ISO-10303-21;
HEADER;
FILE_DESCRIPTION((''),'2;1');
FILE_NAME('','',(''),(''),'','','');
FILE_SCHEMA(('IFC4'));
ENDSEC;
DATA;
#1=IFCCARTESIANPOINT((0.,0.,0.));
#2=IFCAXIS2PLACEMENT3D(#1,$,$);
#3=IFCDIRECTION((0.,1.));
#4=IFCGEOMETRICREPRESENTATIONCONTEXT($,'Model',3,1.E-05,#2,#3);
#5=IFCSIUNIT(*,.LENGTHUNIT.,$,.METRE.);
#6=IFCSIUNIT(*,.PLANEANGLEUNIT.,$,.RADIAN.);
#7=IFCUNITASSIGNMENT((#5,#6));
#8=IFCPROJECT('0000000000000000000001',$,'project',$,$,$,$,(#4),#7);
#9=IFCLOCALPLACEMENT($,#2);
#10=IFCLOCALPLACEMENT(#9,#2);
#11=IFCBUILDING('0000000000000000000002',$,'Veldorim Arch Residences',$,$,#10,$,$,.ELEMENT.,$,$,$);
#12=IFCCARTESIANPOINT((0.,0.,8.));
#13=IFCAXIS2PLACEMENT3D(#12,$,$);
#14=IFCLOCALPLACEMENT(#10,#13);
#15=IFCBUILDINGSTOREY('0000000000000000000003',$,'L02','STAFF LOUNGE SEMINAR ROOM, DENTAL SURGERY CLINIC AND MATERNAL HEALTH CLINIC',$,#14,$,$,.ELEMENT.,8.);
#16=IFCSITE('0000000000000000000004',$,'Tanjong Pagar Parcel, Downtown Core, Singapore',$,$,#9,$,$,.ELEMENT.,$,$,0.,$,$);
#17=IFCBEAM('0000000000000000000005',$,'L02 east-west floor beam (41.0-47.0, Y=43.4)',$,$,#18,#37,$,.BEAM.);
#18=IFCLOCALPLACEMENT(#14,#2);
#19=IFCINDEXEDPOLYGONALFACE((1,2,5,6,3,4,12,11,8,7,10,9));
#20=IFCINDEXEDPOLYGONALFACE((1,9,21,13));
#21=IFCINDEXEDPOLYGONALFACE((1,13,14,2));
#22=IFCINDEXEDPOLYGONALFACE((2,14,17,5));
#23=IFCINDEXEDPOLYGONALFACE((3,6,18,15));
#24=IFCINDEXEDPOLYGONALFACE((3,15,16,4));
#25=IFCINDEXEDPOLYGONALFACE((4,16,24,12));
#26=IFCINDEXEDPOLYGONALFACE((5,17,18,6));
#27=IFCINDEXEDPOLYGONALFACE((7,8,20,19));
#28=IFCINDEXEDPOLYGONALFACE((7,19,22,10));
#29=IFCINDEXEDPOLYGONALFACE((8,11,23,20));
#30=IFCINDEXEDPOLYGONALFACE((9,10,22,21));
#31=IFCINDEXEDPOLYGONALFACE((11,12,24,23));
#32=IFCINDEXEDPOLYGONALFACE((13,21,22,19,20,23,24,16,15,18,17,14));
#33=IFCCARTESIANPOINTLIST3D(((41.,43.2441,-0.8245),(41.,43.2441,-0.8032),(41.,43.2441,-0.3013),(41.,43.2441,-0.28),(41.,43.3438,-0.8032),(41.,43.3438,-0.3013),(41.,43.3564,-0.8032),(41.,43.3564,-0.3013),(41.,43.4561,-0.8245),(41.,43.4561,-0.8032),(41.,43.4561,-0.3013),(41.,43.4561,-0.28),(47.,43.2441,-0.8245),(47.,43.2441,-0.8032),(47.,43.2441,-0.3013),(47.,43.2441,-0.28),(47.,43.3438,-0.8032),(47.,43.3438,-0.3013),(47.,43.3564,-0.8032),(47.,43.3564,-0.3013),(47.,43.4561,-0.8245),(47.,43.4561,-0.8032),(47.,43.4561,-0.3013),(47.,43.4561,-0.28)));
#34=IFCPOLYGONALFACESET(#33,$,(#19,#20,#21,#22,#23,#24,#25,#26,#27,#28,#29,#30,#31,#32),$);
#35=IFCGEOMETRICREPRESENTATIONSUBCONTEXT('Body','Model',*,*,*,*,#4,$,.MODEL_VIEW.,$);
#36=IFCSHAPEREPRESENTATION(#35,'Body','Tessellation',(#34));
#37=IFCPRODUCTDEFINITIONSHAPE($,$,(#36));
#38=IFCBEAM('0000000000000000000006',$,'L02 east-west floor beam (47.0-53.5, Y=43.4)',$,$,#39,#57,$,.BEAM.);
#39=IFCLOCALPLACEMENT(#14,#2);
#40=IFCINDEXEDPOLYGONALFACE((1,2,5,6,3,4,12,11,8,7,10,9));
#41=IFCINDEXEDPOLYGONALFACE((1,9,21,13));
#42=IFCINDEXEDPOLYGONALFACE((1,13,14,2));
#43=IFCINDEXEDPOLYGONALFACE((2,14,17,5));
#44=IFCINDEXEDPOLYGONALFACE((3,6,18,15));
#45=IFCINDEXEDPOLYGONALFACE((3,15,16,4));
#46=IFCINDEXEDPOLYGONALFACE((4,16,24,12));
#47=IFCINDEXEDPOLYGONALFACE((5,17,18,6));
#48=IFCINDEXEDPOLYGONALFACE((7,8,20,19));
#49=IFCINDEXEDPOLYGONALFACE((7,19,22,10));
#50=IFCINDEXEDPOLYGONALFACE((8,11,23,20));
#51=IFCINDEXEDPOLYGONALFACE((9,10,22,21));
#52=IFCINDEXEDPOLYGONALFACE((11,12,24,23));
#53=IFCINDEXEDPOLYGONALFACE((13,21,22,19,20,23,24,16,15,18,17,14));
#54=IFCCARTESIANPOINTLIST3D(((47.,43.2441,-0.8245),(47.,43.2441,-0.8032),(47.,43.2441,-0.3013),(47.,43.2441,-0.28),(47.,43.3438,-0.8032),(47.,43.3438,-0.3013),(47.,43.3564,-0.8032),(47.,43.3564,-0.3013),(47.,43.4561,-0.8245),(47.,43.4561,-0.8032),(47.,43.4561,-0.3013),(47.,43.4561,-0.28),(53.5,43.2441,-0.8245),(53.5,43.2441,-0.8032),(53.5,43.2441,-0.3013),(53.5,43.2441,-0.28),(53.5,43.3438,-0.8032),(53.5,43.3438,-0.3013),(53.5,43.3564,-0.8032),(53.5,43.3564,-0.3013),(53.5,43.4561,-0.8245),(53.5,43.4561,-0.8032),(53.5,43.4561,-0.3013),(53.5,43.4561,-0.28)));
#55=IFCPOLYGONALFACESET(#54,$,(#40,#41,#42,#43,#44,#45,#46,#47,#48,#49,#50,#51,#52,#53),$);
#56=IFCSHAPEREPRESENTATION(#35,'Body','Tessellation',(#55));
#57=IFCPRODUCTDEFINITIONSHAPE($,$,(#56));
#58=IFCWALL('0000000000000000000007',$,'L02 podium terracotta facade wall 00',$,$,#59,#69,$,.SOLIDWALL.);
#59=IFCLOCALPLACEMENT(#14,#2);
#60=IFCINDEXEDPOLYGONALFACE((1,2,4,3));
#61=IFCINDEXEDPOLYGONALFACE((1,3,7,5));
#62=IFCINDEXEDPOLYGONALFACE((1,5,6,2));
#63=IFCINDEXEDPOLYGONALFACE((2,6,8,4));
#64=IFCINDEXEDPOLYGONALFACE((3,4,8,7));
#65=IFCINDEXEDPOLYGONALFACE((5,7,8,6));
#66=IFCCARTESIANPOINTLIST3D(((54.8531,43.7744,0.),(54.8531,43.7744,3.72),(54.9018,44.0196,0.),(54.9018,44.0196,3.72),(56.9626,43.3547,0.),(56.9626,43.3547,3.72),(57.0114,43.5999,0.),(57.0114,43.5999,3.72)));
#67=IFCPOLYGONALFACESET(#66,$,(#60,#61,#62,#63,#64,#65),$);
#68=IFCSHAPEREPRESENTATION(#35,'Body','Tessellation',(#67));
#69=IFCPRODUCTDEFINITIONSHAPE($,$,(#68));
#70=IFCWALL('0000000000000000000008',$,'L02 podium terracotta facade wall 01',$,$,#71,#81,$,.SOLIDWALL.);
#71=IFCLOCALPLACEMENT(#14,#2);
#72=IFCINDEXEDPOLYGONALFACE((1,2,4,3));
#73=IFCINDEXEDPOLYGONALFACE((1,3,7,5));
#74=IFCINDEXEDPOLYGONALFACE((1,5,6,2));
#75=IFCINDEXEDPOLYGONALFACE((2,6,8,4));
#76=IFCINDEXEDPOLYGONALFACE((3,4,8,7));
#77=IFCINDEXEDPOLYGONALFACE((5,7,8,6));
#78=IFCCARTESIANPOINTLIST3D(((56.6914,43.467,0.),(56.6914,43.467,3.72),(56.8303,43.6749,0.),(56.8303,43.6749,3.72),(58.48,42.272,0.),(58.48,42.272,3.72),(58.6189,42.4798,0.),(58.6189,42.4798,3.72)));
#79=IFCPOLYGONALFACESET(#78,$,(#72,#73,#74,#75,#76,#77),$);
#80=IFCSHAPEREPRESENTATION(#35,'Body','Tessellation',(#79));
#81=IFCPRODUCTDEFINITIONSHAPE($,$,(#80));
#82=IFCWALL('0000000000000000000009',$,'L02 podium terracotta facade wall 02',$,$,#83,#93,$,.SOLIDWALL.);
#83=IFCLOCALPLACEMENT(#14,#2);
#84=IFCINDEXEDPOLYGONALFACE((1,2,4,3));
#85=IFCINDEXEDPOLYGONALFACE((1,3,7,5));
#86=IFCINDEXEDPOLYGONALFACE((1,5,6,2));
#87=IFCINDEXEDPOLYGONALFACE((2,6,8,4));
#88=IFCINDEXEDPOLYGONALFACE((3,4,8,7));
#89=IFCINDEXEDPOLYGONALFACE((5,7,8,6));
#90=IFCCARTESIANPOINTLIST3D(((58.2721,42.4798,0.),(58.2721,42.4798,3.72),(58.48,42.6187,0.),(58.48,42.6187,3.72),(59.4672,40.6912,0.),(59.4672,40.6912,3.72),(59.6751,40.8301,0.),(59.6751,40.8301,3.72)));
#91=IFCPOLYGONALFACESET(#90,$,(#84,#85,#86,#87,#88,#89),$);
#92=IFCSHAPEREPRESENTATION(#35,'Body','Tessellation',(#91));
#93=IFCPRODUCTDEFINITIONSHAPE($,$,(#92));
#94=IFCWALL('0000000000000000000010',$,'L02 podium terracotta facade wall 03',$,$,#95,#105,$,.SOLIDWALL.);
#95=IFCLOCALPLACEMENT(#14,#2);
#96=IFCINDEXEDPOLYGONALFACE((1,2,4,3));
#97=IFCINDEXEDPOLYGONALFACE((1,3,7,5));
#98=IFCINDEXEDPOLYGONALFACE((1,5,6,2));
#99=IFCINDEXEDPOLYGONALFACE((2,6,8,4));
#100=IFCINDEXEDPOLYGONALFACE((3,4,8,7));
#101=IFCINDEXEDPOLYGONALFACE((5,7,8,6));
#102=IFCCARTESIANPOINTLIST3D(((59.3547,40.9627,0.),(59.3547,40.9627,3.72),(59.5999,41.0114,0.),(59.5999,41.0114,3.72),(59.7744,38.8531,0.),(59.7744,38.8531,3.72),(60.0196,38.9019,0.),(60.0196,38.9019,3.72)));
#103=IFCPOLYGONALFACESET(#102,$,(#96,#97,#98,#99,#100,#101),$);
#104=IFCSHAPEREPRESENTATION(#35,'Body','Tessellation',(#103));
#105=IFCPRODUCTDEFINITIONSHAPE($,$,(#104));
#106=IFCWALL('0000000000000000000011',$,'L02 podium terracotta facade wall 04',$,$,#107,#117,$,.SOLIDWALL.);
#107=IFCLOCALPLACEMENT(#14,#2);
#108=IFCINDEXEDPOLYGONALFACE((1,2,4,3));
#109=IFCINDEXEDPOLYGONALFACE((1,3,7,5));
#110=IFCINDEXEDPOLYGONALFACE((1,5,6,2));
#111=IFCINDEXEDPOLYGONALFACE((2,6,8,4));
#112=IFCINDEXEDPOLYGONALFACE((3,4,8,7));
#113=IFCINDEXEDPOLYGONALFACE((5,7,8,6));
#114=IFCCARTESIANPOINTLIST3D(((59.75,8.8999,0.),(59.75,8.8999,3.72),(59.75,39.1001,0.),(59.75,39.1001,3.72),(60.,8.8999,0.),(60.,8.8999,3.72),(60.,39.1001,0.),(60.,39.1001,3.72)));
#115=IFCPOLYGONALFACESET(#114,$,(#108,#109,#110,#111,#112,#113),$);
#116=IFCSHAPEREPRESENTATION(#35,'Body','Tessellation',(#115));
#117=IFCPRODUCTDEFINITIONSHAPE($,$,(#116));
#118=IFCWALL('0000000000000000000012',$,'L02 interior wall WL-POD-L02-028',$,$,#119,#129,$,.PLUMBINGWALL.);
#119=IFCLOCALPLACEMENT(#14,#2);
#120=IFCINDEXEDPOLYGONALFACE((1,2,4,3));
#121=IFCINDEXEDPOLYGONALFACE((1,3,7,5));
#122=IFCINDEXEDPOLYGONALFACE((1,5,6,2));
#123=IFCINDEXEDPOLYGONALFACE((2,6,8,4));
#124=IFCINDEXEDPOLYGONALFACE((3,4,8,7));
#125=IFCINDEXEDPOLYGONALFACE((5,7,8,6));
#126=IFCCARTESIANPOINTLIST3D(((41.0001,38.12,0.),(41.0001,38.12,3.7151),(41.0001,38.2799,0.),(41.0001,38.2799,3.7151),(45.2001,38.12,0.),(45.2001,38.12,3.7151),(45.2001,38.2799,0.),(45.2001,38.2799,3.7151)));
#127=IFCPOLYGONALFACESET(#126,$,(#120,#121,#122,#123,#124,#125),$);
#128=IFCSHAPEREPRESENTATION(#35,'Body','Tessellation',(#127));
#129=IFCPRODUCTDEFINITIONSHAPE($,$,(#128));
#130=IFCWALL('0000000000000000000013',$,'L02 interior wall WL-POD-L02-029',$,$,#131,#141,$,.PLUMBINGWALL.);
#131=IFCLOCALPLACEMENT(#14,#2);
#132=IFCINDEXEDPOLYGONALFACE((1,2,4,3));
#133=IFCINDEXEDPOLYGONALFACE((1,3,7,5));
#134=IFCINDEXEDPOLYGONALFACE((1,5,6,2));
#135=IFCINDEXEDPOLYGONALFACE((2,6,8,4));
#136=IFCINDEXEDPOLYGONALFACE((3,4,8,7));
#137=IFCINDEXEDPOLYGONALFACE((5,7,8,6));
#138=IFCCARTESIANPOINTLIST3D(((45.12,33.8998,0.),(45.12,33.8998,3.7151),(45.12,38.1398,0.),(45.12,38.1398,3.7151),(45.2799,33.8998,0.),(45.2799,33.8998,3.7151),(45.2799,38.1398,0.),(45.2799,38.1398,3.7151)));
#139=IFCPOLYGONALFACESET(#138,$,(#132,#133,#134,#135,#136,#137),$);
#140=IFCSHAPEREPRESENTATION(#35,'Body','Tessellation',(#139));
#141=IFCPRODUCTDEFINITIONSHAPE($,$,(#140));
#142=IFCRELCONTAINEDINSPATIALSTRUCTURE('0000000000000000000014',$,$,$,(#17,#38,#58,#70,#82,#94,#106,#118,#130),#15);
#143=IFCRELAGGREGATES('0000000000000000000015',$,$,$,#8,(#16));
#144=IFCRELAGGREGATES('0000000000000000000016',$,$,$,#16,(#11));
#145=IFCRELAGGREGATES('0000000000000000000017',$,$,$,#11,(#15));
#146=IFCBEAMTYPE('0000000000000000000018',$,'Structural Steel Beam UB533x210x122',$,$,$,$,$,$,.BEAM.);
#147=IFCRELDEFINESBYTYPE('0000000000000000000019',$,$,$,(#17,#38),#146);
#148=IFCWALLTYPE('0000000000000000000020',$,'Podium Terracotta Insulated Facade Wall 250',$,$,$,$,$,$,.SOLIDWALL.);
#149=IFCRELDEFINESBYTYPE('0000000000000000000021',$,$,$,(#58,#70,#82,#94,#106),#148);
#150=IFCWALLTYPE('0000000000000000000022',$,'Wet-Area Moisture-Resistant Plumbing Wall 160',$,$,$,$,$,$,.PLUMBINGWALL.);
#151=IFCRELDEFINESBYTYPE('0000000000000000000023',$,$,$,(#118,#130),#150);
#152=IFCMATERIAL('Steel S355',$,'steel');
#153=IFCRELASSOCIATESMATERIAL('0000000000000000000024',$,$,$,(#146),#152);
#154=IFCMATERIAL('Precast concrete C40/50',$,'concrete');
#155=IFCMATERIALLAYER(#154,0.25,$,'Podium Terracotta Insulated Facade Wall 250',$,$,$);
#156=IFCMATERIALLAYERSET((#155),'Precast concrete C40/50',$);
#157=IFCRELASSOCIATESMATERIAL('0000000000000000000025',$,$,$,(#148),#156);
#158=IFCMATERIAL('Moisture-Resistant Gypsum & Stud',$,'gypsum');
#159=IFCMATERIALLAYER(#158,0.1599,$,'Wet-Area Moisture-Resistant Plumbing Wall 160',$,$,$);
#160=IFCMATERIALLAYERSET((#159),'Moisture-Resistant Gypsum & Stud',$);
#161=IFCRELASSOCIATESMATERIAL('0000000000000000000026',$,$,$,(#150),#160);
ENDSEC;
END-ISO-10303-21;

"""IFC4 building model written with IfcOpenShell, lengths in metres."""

from ifc_helpers import new_model, si_unit, direction, frame, frame_2d, origin, origin_2d, place, context, subcontext, project, spatial, rectangle, i_section, extrude, material, layer, layer_set, material_profile, profile_set, type_object, element, save


model = new_model("IFC4")

# Units and contexts
model_context = context("Model", 3, precision=1e-05, world=origin(), true_north=direction((0.0, 1.0)))
body_context = subcontext(model_context, "Body", "Model", "MODEL_VIEW")
ifc_project = project(units=[si_unit("LENGTHUNIT", "METRE"), si_unit("PLANEANGLEUNIT", "RADIAN")], contexts=[model_context])

# Site, building, storey
site_placement = place(None, origin())
site = spatial("IfcSite", under=ifc_project, at=site_placement, Name="Tanjong Pagar Parcel, Downtown Core, Singapore", CompositionType="ELEMENT", RefElevation=0.0)
building_placement = place(site_placement, origin())
building = spatial("IfcBuilding", under=site, at=building_placement, Name="Veldorim Arch Residences", CompositionType="ELEMENT")
storey_placement = place(building_placement, frame((0.0, 0.0, 8.0)))
storey = spatial("IfcBuildingStorey", under=building, at=storey_placement, Name="L02", Description="STAFF LOUNGE SEMINAR ROOM, DENTAL SURGERY CLINIC AND MATERNAL HEALTH CLINIC", CompositionType="ELEMENT", Elevation=8.0)

# Beams
ifc_material_1 = material(Name="Steel S355", Category="steel")
ifc_material_profile_1 = material_profile(ifc_material_1, i_section(OverallWidth=0.2119, OverallDepth=0.5444, WebThickness=0.0127, FlangeThickness=0.0212, at=origin_2d()), Name="UB533x210x122")
ifc_profile_set_1 = profile_set([ifc_material_profile_1], Name="Steel S355")
beam_type_1 = type_object("IfcBeamType", Name="Structural Steel Beam UB533x210x122", PredefinedType="BEAM", material=ifc_profile_set_1)
beam_1_placement = place(storey_placement, frame((41.0, 43.3501, -0.5522), z_axis=(1.0, 0.0, 0.0), x_axis=(0.0, 1.0, 0.0)))
element("IfcBeam", 1, at=beam_1_placement, inside=storey, type_object=beam_type_1, Name="L02 east-west floor beam (41.0-47.0, Y=43.4)", PredefinedType="BEAM", context=body_context, shape_type="SweptSolid", body=[
    extrude(i_section(OverallWidth=0.2119, OverallDepth=0.5444, WebThickness=0.0127, FlangeThickness=0.0212, at=origin_2d()), origin(), (0.0, 0.0, 1.0), 6.0),
])
beam_2_placement = place(storey_placement, frame((47.0, 43.3501, -0.5522), z_axis=(1.0, 0.0, 0.0), x_axis=(0.0, 1.0, 0.0)))
element("IfcBeam", 2, at=beam_2_placement, inside=storey, type_object=beam_type_1, Name="L02 east-west floor beam (47.0-53.5, Y=43.4)", PredefinedType="BEAM", context=body_context, shape_type="SweptSolid", body=[
    extrude(i_section(OverallWidth=0.2119, OverallDepth=0.5444, WebThickness=0.0127, FlangeThickness=0.0212, at=origin_2d()), origin(), (0.0, 0.0, 1.0), 6.5),
])

# Walls
ifc_material_2 = material(Name="Precast concrete C40/50", Category="concrete")
ifc_layer_1 = layer(ifc_material_2, 0.25, Name="Podium Terracotta Insulated Facade Wall 250")
ifc_layer_set_1 = layer_set([ifc_layer_1], Name="Precast concrete C40/50")
wall_type_1 = type_object("IfcWallType", Name="Podium Terracotta Insulated Facade Wall 250", PredefinedType="SOLIDWALL", material=ifc_layer_set_1)
wall_1_placement = place(storey_placement, frame((54.8774, 43.897, 0.0), z_axis=(0.0, 0.0, 1.0), x_axis=(0.980781, -0.195112, 0.0)))
element("IfcWall", 3, at=wall_1_placement, inside=storey, type_object=wall_type_1, Name="L02 podium terracotta facade wall 00", PredefinedType="SOLIDWALL", context=body_context, shape_type="SweptSolid", body=[
    extrude(rectangle(XDim=2.1509, YDim=0.25, at=frame_2d((1.0754, 0.0))), origin(), (0.0, 0.0, 1.0), 3.72),
])
for number, where, z_axis, x_axis, name in (
    (4, (56.7607, 43.571, 0.0), (0.0, 0.0, 1.0), (0.831474, -0.555564, 0.0), "L02 podium terracotta facade wall 01"),
    (5, (58.376, 42.5493, 0.0), (0.0, 0.0, 1.0), (0.555564, -0.831474, 0.0), "L02 podium terracotta facade wall 02"),
):
    element("IfcWall", number, at=place(storey_placement, frame(where, z_axis=z_axis, x_axis=x_axis)), inside=storey, type_object=wall_type_1, Name=name, PredefinedType="SOLIDWALL", context=body_context, shape_type="SweptSolid", body=[
        extrude(rectangle(XDim=2.1511, YDim=0.25, at=frame_2d((1.0757, 0.0))), origin(), (0.0, 0.0, 1.0), 3.72),
    ])
wall_2_placement = place(storey_placement, frame((59.4773, 40.9871, 0.0), z_axis=(0.0, 0.0, 1.0), x_axis=(0.195112, -0.980781, 0.0)))
element("IfcWall", 6, at=wall_2_placement, inside=storey, type_object=wall_type_1, Name="L02 podium terracotta facade wall 03", PredefinedType="SOLIDWALL", context=body_context, shape_type="SweptSolid", body=[
    extrude(rectangle(XDim=2.1509, YDim=0.25, at=frame_2d((1.0754, 0.0))), origin(), (0.0, 0.0, 1.0), 3.72),
])
wall_3_placement = place(storey_placement, frame((59.875, 39.1001, 0.0), z_axis=(0.0, 0.0, 1.0), x_axis=(0.0, -1.0, 0.0)))
element("IfcWall", 7, at=wall_3_placement, inside=storey, type_object=wall_type_1, Name="L02 podium terracotta facade wall 04", PredefinedType="SOLIDWALL", context=body_context, shape_type="SweptSolid", body=[
    extrude(rectangle(XDim=30.2002, YDim=0.25, at=frame_2d((15.1001, 0.0))), origin(), (0.0, 0.0, 1.0), 3.72),
])
ifc_material_3 = material(Name="Moisture-Resistant Gypsum & Stud", Category="gypsum")
ifc_layer_2 = layer(ifc_material_3, 0.1599, Name="Wet-Area Moisture-Resistant Plumbing Wall 160")
ifc_layer_set_2 = layer_set([ifc_layer_2], Name="Moisture-Resistant Gypsum & Stud")
wall_type_2 = type_object("IfcWallType", Name="Wet-Area Moisture-Resistant Plumbing Wall 160", PredefinedType="PLUMBINGWALL", material=ifc_layer_set_2)
wall_4_placement = place(storey_placement, frame((41.0, 38.2, 0.0), z_axis=(0.0, 0.0, 1.0), x_axis=(1.0, 0.0, 0.0)))
element("IfcWall", 8, at=wall_4_placement, inside=storey, type_object=wall_type_2, Name="L02 interior wall WL-POD-L02-028", PredefinedType="PLUMBINGWALL", context=body_context, shape_type="SweptSolid", body=[
    extrude(rectangle(XDim=4.2, YDim=0.1599, at=frame_2d((2.1001, 0.0))), origin(), (0.0, 0.0, 1.0), 3.7151),
])
wall_5_placement = place(storey_placement, frame((45.2, 38.1399, 0.0), z_axis=(0.0, 0.0, 1.0), x_axis=(0.0, -1.0, 0.0)))
element("IfcWall", 9, at=wall_5_placement, inside=storey, type_object=wall_type_2, Name="L02 interior wall WL-POD-L02-029", PredefinedType="PLUMBINGWALL", context=body_context, shape_type="SweptSolid", body=[
    extrude(rectangle(XDim=4.24, YDim=0.1599, at=frame_2d((2.1201, 0.0))), origin(), (0.0, 0.0, 1.0), 3.7151),
])

save(model, "model.ifc")
